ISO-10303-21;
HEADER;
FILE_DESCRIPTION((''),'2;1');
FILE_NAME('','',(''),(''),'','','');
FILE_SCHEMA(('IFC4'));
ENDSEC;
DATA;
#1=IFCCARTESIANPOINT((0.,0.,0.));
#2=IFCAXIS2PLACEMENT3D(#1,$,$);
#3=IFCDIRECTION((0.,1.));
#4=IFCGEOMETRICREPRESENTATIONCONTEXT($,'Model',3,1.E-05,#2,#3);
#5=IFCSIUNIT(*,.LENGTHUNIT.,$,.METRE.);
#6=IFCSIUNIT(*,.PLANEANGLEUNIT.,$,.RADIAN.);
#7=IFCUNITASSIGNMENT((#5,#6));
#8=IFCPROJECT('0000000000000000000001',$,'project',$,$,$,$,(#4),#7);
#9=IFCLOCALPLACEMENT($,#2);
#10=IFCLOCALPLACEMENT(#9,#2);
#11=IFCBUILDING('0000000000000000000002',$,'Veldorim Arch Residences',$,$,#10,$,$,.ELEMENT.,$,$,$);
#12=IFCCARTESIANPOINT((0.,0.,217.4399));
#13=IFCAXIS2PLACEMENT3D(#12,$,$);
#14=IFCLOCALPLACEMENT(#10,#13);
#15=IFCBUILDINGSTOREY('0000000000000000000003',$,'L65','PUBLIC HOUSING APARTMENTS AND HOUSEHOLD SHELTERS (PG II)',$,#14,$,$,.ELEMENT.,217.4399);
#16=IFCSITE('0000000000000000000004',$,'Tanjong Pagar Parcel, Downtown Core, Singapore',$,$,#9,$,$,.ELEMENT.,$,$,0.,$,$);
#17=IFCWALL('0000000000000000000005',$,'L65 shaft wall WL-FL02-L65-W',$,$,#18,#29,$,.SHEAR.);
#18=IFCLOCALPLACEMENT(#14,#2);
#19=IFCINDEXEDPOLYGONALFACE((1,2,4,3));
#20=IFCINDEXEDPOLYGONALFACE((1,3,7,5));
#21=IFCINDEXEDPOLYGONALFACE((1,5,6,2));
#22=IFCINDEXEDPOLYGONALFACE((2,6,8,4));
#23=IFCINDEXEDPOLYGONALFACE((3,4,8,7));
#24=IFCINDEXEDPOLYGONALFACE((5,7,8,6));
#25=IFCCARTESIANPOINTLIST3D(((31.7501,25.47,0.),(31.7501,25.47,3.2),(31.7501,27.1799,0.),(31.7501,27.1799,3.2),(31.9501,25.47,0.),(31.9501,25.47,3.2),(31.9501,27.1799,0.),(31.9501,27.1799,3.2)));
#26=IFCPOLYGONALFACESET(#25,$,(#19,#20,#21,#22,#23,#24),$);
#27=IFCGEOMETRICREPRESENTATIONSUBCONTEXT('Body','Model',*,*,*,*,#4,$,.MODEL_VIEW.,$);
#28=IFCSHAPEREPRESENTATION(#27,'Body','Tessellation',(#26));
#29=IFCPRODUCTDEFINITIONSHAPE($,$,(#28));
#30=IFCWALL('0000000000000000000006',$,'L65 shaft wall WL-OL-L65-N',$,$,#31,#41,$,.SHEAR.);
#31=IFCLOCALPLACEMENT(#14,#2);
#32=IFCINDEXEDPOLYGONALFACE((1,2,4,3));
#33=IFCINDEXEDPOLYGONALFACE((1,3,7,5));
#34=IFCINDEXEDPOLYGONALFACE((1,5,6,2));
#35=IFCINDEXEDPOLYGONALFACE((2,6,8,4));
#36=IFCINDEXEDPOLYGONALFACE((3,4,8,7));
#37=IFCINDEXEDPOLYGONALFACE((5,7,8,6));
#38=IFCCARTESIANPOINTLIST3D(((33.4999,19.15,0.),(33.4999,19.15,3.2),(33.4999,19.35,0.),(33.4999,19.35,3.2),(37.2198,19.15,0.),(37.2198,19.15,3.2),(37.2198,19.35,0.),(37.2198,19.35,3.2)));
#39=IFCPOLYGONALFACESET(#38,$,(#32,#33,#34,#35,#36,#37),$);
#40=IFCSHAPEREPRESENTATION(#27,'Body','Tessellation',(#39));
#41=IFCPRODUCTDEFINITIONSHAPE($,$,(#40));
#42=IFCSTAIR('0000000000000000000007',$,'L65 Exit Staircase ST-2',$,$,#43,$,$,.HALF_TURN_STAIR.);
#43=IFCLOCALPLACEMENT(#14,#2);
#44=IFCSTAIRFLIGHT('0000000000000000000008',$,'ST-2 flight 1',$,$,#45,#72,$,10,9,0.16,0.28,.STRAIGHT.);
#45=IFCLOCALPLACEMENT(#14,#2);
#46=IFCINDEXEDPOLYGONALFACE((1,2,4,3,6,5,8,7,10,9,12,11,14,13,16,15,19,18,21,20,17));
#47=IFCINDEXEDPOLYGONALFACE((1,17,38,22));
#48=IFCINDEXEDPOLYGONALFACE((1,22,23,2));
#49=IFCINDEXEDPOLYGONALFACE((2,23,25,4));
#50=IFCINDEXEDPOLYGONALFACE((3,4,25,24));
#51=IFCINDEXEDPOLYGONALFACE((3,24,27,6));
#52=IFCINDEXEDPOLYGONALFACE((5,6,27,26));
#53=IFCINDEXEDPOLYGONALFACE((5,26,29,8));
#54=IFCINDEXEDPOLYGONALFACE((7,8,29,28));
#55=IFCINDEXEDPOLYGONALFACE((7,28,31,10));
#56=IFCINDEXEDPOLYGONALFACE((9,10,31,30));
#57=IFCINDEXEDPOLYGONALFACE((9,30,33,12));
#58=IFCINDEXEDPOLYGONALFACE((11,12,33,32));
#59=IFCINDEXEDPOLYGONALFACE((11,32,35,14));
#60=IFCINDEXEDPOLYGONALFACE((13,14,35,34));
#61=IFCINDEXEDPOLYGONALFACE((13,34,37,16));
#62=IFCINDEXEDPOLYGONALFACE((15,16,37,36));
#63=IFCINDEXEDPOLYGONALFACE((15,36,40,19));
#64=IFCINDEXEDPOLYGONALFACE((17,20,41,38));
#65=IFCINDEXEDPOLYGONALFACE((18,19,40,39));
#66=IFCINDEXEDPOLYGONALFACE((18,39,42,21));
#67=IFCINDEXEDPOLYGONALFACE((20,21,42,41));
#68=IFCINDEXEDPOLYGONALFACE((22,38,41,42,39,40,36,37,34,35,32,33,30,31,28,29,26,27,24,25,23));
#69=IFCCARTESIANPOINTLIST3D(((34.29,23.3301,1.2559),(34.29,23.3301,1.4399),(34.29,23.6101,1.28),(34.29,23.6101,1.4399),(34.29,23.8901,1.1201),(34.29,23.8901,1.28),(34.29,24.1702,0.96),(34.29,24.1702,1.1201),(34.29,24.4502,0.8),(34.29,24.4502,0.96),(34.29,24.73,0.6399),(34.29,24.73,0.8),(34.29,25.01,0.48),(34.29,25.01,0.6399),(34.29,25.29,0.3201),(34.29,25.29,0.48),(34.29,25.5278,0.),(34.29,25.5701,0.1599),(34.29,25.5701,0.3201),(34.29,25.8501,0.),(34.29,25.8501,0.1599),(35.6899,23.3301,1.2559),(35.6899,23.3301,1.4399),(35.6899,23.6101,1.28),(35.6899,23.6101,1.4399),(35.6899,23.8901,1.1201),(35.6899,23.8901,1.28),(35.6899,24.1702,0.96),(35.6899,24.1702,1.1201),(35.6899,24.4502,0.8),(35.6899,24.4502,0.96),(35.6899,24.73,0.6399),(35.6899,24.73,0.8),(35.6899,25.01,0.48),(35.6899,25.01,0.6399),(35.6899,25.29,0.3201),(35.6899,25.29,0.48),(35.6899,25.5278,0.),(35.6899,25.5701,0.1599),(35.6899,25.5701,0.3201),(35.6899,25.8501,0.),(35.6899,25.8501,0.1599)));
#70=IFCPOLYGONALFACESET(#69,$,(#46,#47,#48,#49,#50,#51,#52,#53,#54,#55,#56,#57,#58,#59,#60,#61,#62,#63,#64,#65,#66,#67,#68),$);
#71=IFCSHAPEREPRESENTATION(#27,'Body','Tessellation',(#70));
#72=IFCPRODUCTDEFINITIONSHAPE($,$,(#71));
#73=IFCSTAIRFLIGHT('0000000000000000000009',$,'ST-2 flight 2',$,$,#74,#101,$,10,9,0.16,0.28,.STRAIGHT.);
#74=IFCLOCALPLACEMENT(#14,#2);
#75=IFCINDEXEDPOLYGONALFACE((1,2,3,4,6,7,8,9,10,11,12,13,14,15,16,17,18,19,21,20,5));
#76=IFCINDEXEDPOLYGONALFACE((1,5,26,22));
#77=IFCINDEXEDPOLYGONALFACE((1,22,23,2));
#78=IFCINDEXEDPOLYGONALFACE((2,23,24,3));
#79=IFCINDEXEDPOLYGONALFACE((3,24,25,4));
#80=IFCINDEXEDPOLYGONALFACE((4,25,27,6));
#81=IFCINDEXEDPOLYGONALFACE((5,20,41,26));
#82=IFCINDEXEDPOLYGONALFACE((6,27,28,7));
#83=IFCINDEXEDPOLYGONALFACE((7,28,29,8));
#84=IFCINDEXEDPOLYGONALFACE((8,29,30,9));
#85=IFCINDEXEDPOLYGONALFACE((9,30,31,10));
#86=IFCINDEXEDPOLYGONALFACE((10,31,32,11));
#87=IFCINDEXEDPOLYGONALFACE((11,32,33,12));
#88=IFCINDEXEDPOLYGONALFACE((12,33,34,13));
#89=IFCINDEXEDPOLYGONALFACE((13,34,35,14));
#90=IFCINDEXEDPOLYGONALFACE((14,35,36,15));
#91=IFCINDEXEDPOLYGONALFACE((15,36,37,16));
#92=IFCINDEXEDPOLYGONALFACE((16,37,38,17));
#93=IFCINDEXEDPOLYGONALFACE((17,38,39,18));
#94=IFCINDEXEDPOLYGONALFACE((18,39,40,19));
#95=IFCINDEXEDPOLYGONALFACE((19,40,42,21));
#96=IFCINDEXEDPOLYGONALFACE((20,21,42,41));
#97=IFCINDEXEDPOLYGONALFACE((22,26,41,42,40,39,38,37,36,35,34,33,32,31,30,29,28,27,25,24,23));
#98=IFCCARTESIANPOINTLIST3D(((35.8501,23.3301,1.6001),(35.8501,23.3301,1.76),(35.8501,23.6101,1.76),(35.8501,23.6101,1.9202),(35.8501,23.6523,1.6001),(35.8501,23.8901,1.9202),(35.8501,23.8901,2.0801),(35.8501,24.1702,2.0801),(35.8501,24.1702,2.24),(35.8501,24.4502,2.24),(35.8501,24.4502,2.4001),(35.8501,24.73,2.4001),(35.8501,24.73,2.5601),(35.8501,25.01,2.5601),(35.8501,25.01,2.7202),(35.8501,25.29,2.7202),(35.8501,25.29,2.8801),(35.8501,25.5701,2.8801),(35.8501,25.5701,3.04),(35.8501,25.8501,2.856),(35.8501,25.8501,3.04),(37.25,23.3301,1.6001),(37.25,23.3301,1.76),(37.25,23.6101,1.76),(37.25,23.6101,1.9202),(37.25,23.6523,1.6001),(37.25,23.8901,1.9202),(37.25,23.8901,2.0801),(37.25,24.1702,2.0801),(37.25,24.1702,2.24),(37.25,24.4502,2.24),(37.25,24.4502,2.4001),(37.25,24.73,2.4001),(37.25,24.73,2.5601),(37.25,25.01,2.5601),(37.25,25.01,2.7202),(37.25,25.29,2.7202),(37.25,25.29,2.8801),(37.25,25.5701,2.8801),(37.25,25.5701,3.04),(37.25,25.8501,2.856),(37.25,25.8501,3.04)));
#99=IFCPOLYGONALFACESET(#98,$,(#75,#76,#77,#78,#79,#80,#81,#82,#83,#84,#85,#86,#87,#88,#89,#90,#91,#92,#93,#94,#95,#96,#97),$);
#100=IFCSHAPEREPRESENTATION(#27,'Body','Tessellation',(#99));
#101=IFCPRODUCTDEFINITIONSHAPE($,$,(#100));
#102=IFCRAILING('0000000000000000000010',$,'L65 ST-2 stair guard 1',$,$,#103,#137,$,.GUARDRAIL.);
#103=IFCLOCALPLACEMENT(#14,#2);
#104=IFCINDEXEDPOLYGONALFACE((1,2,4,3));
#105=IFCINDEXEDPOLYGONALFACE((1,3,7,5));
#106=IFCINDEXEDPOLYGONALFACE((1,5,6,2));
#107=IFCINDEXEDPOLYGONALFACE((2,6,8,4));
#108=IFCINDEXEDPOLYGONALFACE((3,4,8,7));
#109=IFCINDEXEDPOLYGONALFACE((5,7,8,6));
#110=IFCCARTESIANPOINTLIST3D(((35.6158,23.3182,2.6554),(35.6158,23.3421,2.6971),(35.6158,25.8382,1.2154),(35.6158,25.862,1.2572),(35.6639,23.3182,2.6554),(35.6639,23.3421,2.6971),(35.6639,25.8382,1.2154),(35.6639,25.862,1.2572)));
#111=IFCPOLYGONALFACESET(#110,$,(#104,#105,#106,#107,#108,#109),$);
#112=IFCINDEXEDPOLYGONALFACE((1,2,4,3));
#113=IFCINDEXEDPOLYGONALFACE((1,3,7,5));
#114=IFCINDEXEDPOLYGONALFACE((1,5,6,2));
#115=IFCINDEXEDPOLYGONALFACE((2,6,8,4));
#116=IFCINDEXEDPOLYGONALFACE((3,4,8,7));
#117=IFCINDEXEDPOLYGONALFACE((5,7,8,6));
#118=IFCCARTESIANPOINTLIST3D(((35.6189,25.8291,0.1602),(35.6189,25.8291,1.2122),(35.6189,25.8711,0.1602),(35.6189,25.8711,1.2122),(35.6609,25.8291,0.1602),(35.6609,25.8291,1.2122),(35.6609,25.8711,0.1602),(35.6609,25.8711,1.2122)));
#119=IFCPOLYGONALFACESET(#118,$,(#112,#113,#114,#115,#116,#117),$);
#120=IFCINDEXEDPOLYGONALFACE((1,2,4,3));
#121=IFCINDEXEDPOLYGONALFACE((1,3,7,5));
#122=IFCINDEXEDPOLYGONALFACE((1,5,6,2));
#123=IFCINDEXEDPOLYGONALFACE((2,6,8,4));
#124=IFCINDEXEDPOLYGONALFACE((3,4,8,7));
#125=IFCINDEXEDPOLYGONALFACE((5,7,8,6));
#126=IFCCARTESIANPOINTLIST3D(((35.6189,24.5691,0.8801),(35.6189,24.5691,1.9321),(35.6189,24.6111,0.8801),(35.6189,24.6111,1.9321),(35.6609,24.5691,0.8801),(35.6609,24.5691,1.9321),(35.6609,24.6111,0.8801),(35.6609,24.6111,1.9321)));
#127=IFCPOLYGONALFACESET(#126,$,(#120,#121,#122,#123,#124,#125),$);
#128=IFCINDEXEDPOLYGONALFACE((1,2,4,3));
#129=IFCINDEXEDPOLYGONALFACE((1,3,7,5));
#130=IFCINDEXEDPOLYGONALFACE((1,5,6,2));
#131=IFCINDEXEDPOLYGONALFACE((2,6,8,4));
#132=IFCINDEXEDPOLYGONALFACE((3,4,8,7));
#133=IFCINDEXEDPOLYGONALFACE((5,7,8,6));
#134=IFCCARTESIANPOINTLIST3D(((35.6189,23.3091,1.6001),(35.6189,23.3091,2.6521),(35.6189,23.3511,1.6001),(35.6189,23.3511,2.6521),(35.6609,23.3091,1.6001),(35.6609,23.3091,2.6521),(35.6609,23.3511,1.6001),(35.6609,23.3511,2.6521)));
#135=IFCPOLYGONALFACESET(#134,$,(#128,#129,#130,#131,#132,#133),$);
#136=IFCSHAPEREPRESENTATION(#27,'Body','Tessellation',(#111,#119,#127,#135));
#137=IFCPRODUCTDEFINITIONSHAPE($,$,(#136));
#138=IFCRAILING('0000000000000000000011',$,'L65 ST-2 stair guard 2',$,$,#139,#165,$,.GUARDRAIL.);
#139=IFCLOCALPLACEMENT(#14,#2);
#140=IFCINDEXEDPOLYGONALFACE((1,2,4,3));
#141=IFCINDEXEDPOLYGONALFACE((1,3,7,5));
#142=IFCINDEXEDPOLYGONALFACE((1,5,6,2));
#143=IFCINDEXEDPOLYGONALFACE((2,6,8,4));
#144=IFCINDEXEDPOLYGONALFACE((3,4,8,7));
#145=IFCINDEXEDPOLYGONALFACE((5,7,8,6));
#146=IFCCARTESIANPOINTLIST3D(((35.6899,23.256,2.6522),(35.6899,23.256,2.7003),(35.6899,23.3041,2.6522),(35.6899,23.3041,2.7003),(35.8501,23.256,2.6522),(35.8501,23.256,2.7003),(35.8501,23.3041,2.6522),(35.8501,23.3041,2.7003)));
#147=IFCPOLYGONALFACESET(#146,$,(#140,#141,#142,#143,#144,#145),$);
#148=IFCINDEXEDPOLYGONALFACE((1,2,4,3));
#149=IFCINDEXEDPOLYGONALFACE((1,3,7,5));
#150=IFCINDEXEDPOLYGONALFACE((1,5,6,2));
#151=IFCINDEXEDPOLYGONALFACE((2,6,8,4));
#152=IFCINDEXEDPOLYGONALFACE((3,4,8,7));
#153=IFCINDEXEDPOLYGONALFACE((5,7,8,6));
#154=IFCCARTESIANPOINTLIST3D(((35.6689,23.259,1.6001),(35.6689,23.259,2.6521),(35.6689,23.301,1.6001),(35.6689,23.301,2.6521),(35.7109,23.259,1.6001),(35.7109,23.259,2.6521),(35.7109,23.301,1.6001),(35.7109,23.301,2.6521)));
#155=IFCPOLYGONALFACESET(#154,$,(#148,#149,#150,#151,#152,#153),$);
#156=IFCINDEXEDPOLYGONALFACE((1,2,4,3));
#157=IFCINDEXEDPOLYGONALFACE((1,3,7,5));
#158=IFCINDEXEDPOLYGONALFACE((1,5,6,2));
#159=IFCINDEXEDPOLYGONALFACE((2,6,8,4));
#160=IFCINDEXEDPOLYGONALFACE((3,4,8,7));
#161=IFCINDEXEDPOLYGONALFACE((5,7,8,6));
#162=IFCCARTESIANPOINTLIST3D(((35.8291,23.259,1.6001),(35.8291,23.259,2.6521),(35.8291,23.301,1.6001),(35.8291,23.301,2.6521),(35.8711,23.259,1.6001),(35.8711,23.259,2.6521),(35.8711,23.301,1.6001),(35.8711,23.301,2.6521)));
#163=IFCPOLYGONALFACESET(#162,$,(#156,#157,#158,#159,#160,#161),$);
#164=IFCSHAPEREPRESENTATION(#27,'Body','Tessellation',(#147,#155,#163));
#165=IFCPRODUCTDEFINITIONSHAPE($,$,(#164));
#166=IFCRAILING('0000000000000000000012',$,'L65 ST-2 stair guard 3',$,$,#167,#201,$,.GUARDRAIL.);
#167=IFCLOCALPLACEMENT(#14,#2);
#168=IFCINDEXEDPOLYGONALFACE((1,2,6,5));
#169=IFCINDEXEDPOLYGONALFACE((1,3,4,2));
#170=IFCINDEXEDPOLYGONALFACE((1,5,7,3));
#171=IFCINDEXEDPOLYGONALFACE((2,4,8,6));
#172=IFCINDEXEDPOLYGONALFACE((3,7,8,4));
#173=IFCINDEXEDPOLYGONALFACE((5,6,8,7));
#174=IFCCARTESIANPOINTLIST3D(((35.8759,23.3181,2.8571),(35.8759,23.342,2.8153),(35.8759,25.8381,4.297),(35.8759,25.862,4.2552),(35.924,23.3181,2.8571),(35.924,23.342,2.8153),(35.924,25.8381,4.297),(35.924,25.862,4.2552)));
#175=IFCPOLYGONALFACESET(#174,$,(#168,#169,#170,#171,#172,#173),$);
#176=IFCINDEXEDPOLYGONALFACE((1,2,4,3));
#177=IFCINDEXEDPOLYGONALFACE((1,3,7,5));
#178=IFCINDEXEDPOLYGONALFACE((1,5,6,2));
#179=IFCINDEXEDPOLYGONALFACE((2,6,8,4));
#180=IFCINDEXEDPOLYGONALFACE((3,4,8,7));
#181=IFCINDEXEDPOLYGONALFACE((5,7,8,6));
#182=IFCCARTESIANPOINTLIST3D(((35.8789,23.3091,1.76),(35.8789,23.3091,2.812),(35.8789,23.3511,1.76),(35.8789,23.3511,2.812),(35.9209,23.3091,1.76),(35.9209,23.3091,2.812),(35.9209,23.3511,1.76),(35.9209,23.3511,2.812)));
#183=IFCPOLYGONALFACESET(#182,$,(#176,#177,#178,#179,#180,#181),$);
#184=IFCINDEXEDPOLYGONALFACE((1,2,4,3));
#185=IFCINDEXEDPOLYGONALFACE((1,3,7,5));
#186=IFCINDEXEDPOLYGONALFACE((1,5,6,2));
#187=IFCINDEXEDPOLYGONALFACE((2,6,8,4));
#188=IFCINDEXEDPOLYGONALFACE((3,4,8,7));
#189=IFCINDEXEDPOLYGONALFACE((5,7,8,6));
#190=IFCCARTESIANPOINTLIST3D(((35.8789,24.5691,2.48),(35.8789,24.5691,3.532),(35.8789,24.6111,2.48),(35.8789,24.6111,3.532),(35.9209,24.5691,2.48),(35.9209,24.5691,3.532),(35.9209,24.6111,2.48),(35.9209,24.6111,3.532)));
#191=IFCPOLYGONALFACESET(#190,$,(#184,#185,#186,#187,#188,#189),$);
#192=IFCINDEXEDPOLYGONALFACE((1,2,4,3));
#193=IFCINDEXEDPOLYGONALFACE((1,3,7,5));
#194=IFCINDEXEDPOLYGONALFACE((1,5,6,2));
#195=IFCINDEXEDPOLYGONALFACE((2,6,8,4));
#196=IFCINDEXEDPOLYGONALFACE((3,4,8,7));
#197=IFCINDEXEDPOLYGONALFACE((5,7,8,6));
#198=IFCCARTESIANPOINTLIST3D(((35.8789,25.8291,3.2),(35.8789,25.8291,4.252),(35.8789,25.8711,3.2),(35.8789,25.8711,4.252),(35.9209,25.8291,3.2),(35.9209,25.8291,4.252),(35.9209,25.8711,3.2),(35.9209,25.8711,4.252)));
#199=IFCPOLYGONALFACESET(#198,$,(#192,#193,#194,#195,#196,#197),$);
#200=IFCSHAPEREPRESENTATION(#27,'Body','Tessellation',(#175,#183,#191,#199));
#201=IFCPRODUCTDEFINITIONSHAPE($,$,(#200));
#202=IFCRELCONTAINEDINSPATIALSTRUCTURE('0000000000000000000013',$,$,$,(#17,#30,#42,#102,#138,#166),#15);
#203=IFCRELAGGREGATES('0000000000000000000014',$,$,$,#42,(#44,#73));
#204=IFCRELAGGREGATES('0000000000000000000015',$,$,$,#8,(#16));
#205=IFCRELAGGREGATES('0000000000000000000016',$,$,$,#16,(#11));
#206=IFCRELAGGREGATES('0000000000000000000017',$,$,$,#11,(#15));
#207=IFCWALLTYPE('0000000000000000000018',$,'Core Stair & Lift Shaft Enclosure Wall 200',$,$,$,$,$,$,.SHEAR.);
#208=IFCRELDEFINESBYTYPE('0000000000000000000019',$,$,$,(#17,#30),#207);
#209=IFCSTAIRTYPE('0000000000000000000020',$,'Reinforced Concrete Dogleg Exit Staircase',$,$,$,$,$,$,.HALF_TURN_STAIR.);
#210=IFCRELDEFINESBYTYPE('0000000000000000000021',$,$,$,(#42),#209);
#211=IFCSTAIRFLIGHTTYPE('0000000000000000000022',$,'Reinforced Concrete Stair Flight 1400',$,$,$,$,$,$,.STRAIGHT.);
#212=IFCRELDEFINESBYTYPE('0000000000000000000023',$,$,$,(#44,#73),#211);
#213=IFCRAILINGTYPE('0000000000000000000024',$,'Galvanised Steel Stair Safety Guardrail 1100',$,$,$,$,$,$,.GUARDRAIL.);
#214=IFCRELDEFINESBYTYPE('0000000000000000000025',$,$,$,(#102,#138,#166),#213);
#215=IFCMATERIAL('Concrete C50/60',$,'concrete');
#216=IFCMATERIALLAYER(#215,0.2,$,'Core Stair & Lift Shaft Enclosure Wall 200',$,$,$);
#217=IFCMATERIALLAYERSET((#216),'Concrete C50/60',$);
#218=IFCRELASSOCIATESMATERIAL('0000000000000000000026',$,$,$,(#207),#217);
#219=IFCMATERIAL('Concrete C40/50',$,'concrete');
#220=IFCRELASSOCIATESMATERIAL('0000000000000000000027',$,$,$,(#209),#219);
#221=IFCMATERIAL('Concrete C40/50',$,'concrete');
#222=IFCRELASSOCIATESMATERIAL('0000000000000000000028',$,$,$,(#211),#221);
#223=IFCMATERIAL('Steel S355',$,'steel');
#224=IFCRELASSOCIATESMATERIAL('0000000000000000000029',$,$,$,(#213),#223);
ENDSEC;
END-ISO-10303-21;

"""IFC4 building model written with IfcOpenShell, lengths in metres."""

from ifc_helpers import new_model, si_unit, direction, frame, frame_2d, origin, origin_2d, place, context, subcontext, project, spatial, polyline, rectangle, outline, extrude, material, layer, layer_set, type_object, element, aggregate, save


model = new_model("IFC4")

# Units and contexts
model_context = context("Model", 3, precision=1e-05, world=origin(), true_north=direction((0.0, 1.0)))
body_context = subcontext(model_context, "Body", "Model", "MODEL_VIEW")
ifc_project = project(units=[si_unit("LENGTHUNIT", "METRE"), si_unit("PLANEANGLEUNIT", "RADIAN")], contexts=[model_context])

# Site, building, storey
site_placement = place(None, origin())
site = spatial("IfcSite", under=ifc_project, at=site_placement, Name="Tanjong Pagar Parcel, Downtown Core, Singapore", CompositionType="ELEMENT", RefElevation=0.0)
building_placement = place(site_placement, origin())
building = spatial("IfcBuilding", under=site, at=building_placement, Name="Veldorim Arch Residences", CompositionType="ELEMENT")
storey_placement = place(building_placement, frame((0.0, 0.0, 217.4399)))
storey = spatial("IfcBuildingStorey", under=building, at=storey_placement, Name="L65", Description="PUBLIC HOUSING APARTMENTS AND HOUSEHOLD SHELTERS (PG II)", CompositionType="ELEMENT", Elevation=217.4399)

# Walls
ifc_material_1 = material(Name="Concrete C50/60", Category="concrete")
ifc_layer_1 = layer(ifc_material_1, 0.2, Name="Core Stair & Lift Shaft Enclosure Wall 200")
ifc_layer_set_1 = layer_set([ifc_layer_1], Name="Concrete C50/60")
wall_type_1 = type_object("IfcWallType", Name="Core Stair & Lift Shaft Enclosure Wall 200", PredefinedType="SHEAR", material=ifc_layer_set_1)
for number, where, z_axis, x_axis, name in (
    (1, (31.8501, 25.47, 0.0), (0.0, 0.0, 1.0), (0.0, 1.0, 0.0), "L65 shaft wall WL-FL02-L65-W"),
):
    element("IfcWall", number, at=place(storey_placement, frame(where, z_axis=z_axis, x_axis=x_axis)), inside=storey, type_object=wall_type_1, Name=name, PredefinedType="SHEAR", context=body_context, shape_type="SweptSolid", body=[
        extrude(rectangle(XDim=1.71, YDim=0.2, at=frame_2d((0.855, 0.0))), origin(), (0.0, 0.0, 1.0), 3.2),
    ])
wall_1_placement = place(storey_placement, frame((33.5, 19.25, 0.0), z_axis=(0.0, 0.0, 1.0), x_axis=(1.0, 0.0, 0.0)))
element("IfcWall", 2, at=wall_1_placement, inside=storey, type_object=wall_type_1, Name="L65 shaft wall WL-OL-L65-N", PredefinedType="SHEAR", context=body_context, shape_type="SweptSolid", body=[
    extrude(rectangle(XDim=3.72, YDim=0.2, at=frame_2d((1.8599, 0.0))), origin(), (0.0, 0.0, 1.0), 3.2),
])

# Stair, stair flights
ifc_material_2 = material(Name="Concrete C40/50", Category="concrete")
stair_type = type_object("IfcStairType", Name="Reinforced Concrete Dogleg Exit Staircase", PredefinedType="HALF_TURN_STAIR", material=ifc_material_2)
stair_placement = place(storey_placement, origin())
stair = element("IfcStair", 3, at=stair_placement, inside=storey, type_object=stair_type, Name="L65 Exit Staircase ST-2", PredefinedType="HALF_TURN_STAIR")
ifc_material_3 = material(Name="Concrete C40/50", Category="concrete")
stair_flight_type = type_object("IfcStairFlightType", Name="Reinforced Concrete Stair Flight 1400", PredefinedType="STRAIGHT", material=ifc_material_3)
stair_flight_1_placement = place(storey_placement, frame((34.99, 25.8501, 0.0), z_axis=(0.0, 0.0, 1.0), x_axis=(0.0, -1.0, 0.0)))
stair_flight_1 = element("IfcStairFlight", 4, at=stair_flight_1_placement, type_object=stair_flight_type, Name="ST-2 flight 1", NumberOfRisers=10, NumberOfTreads=9, PredefinedType="STRAIGHT", RiserHeight=0.16, TreadLength=0.28, context=body_context, shape_type="SweptSolid", body=[
    extrude(outline(polyline([(0.0, 0.0), (0.0, 0.1599), (0.28, 0.1599), (0.28, 0.3201), (0.5601, 0.3201), (0.5601, 0.48), (0.8401, 0.48), (0.8401, 0.6399), (1.1201, 0.6399), (1.1201, 0.8), (1.3999, 0.8), (1.3999, 0.96), (1.6799, 0.96), (1.6799, 1.1201), (1.96, 1.1201), (1.96, 1.28), (2.24, 1.28), (2.24, 1.4399), (2.52, 1.4399), (2.52, 1.6001), (2.52, 1.2559), (0.3223, 0.0), (0.0, 0.0)])), frame((0.0, 0.7, 0.0), z_axis=(0.0, -1.0, 0.0), x_axis=(1.0, 0.0, 0.0)), (0.0, 0.0, 1.0), 1.3999),
])
stair_flight_2_placement = place(storey_placement, frame((36.55, 23.3301, 1.6001), z_axis=(0.0, 0.0, 1.0), x_axis=(0.0, 1.0, 0.0)))
stair_flight_2 = element("IfcStairFlight", 5, at=stair_flight_2_placement, type_object=stair_flight_type, Name="ST-2 flight 2", NumberOfRisers=10, NumberOfTreads=9, PredefinedType="STRAIGHT", RiserHeight=0.16, TreadLength=0.28, context=body_context, shape_type="SweptSolid", body=[
    extrude(outline(polyline([(0.0, 0.0), (0.0, 0.1599), (0.28, 0.1599), (0.28, 0.3201), (0.5601, 0.3201), (0.5601, 0.48), (0.8401, 0.48), (0.8401, 0.6399), (1.1201, 0.6399), (1.1201, 0.8), (1.3999, 0.8), (1.3999, 0.96), (1.6799, 0.96), (1.6799, 1.1201), (1.96, 1.1201), (1.96, 1.28), (2.24, 1.28), (2.24, 1.4399), (2.52, 1.4399), (2.52, 1.6001), (2.52, 1.2559), (0.3223, 0.0), (0.0, 0.0)])), frame((0.0, 0.7, 0.0), z_axis=(0.0, -1.0, 0.0), x_axis=(1.0, 0.0, 0.0)), (0.0, 0.0, 1.0), 1.3999),
])
aggregate(stair, [stair_flight_1, stair_flight_2])

# Railings
ifc_material_4 = material(Name="Steel S355", Category="steel")
railing_type_1 = type_object("IfcRailingType", Name="Galvanised Steel Stair Safety Guardrail 1100", PredefinedType="GUARDRAIL", material=ifc_material_4)
railing_1_placement = place(storey_placement, frame((35.6399, 25.8501, 0.1602)))
element("IfcRailing", 6, at=railing_1_placement, inside=storey, type_object=railing_type_1, Name="L65 ST-2 stair guard 1", PredefinedType="GUARDRAIL", context=body_context, shape_type="SweptSolid", body=[
    extrude(rectangle(XDim=0.0481, YDim=0.0481, at=origin_2d()), frame((0.0, 0.0, 1.0762), z_axis=(0.0, -0.868253, 0.496121), x_axis=(1.0, 0.0, 0.0)), (0.0, 0.0, 1.0), 2.9023),
    extrude(rectangle(XDim=0.042, YDim=0.042, at=origin_2d()), origin(), (0.0, 0.0, 1.0), 1.052),
    extrude(rectangle(XDim=0.042, YDim=0.042, at=origin_2d()), frame((0.0, -1.26, 0.72)), (0.0, 0.0, 1.0), 1.052),
    extrude(rectangle(XDim=0.042, YDim=0.042, at=origin_2d()), frame((0.0, -2.52, 1.4399)), (0.0, 0.0, 1.0), 1.052),
])
railing_2_placement = place(storey_placement, frame((35.6899, 23.28, 1.6001)))
element("IfcRailing", 7, at=railing_2_placement, inside=storey, type_object=railing_type_1, Name="L65 ST-2 stair guard 2", PredefinedType="GUARDRAIL", context=body_context, shape_type="SweptSolid", body=[
    extrude(rectangle(XDim=0.0481, YDim=0.0481, at=origin_2d()), frame((0.0, 0.0, 1.0762), z_axis=(1.0, 0.0, 0.0), x_axis=(0.0, 1.0, 0.0)), (0.0, 0.0, 1.0), 0.1602),
    extrude(rectangle(XDim=0.042, YDim=0.042, at=origin_2d()), origin(), (0.0, 0.0, 1.0), 1.052),
    extrude(rectangle(XDim=0.042, YDim=0.042, at=origin_2d()), frame((0.1602, 0.0, 0.0)), (0.0, 0.0, 1.0), 1.052),
])
railing_3_placement = place(storey_placement, frame((35.8999, 23.3301, 1.76)))
element("IfcRailing", 8, at=railing_3_placement, inside=storey, type_object=railing_type_1, Name="L65 ST-2 stair guard 3", PredefinedType="GUARDRAIL", context=body_context, shape_type="SweptSolid", body=[
    extrude(rectangle(XDim=0.0481, YDim=0.0481, at=origin_2d()), frame((0.0, 0.0, 1.0762), z_axis=(0.0, 0.868253, 0.496121), x_axis=(-1.0, 0.0, 0.0)), (0.0, 0.0, 1.0), 2.9023),
    extrude(rectangle(XDim=0.042, YDim=0.042, at=origin_2d()), origin(), (0.0, 0.0, 1.0), 1.052),
    extrude(rectangle(XDim=0.042, YDim=0.042, at=origin_2d()), frame((0.0, 1.26, 0.72)), (0.0, 0.0, 1.0), 1.052),
    extrude(rectangle(XDim=0.042, YDim=0.042, at=origin_2d()), frame((0.0, 2.52, 1.4399)), (0.0, 0.0, 1.0), 1.052),
])

save(model, "model.ifc")
